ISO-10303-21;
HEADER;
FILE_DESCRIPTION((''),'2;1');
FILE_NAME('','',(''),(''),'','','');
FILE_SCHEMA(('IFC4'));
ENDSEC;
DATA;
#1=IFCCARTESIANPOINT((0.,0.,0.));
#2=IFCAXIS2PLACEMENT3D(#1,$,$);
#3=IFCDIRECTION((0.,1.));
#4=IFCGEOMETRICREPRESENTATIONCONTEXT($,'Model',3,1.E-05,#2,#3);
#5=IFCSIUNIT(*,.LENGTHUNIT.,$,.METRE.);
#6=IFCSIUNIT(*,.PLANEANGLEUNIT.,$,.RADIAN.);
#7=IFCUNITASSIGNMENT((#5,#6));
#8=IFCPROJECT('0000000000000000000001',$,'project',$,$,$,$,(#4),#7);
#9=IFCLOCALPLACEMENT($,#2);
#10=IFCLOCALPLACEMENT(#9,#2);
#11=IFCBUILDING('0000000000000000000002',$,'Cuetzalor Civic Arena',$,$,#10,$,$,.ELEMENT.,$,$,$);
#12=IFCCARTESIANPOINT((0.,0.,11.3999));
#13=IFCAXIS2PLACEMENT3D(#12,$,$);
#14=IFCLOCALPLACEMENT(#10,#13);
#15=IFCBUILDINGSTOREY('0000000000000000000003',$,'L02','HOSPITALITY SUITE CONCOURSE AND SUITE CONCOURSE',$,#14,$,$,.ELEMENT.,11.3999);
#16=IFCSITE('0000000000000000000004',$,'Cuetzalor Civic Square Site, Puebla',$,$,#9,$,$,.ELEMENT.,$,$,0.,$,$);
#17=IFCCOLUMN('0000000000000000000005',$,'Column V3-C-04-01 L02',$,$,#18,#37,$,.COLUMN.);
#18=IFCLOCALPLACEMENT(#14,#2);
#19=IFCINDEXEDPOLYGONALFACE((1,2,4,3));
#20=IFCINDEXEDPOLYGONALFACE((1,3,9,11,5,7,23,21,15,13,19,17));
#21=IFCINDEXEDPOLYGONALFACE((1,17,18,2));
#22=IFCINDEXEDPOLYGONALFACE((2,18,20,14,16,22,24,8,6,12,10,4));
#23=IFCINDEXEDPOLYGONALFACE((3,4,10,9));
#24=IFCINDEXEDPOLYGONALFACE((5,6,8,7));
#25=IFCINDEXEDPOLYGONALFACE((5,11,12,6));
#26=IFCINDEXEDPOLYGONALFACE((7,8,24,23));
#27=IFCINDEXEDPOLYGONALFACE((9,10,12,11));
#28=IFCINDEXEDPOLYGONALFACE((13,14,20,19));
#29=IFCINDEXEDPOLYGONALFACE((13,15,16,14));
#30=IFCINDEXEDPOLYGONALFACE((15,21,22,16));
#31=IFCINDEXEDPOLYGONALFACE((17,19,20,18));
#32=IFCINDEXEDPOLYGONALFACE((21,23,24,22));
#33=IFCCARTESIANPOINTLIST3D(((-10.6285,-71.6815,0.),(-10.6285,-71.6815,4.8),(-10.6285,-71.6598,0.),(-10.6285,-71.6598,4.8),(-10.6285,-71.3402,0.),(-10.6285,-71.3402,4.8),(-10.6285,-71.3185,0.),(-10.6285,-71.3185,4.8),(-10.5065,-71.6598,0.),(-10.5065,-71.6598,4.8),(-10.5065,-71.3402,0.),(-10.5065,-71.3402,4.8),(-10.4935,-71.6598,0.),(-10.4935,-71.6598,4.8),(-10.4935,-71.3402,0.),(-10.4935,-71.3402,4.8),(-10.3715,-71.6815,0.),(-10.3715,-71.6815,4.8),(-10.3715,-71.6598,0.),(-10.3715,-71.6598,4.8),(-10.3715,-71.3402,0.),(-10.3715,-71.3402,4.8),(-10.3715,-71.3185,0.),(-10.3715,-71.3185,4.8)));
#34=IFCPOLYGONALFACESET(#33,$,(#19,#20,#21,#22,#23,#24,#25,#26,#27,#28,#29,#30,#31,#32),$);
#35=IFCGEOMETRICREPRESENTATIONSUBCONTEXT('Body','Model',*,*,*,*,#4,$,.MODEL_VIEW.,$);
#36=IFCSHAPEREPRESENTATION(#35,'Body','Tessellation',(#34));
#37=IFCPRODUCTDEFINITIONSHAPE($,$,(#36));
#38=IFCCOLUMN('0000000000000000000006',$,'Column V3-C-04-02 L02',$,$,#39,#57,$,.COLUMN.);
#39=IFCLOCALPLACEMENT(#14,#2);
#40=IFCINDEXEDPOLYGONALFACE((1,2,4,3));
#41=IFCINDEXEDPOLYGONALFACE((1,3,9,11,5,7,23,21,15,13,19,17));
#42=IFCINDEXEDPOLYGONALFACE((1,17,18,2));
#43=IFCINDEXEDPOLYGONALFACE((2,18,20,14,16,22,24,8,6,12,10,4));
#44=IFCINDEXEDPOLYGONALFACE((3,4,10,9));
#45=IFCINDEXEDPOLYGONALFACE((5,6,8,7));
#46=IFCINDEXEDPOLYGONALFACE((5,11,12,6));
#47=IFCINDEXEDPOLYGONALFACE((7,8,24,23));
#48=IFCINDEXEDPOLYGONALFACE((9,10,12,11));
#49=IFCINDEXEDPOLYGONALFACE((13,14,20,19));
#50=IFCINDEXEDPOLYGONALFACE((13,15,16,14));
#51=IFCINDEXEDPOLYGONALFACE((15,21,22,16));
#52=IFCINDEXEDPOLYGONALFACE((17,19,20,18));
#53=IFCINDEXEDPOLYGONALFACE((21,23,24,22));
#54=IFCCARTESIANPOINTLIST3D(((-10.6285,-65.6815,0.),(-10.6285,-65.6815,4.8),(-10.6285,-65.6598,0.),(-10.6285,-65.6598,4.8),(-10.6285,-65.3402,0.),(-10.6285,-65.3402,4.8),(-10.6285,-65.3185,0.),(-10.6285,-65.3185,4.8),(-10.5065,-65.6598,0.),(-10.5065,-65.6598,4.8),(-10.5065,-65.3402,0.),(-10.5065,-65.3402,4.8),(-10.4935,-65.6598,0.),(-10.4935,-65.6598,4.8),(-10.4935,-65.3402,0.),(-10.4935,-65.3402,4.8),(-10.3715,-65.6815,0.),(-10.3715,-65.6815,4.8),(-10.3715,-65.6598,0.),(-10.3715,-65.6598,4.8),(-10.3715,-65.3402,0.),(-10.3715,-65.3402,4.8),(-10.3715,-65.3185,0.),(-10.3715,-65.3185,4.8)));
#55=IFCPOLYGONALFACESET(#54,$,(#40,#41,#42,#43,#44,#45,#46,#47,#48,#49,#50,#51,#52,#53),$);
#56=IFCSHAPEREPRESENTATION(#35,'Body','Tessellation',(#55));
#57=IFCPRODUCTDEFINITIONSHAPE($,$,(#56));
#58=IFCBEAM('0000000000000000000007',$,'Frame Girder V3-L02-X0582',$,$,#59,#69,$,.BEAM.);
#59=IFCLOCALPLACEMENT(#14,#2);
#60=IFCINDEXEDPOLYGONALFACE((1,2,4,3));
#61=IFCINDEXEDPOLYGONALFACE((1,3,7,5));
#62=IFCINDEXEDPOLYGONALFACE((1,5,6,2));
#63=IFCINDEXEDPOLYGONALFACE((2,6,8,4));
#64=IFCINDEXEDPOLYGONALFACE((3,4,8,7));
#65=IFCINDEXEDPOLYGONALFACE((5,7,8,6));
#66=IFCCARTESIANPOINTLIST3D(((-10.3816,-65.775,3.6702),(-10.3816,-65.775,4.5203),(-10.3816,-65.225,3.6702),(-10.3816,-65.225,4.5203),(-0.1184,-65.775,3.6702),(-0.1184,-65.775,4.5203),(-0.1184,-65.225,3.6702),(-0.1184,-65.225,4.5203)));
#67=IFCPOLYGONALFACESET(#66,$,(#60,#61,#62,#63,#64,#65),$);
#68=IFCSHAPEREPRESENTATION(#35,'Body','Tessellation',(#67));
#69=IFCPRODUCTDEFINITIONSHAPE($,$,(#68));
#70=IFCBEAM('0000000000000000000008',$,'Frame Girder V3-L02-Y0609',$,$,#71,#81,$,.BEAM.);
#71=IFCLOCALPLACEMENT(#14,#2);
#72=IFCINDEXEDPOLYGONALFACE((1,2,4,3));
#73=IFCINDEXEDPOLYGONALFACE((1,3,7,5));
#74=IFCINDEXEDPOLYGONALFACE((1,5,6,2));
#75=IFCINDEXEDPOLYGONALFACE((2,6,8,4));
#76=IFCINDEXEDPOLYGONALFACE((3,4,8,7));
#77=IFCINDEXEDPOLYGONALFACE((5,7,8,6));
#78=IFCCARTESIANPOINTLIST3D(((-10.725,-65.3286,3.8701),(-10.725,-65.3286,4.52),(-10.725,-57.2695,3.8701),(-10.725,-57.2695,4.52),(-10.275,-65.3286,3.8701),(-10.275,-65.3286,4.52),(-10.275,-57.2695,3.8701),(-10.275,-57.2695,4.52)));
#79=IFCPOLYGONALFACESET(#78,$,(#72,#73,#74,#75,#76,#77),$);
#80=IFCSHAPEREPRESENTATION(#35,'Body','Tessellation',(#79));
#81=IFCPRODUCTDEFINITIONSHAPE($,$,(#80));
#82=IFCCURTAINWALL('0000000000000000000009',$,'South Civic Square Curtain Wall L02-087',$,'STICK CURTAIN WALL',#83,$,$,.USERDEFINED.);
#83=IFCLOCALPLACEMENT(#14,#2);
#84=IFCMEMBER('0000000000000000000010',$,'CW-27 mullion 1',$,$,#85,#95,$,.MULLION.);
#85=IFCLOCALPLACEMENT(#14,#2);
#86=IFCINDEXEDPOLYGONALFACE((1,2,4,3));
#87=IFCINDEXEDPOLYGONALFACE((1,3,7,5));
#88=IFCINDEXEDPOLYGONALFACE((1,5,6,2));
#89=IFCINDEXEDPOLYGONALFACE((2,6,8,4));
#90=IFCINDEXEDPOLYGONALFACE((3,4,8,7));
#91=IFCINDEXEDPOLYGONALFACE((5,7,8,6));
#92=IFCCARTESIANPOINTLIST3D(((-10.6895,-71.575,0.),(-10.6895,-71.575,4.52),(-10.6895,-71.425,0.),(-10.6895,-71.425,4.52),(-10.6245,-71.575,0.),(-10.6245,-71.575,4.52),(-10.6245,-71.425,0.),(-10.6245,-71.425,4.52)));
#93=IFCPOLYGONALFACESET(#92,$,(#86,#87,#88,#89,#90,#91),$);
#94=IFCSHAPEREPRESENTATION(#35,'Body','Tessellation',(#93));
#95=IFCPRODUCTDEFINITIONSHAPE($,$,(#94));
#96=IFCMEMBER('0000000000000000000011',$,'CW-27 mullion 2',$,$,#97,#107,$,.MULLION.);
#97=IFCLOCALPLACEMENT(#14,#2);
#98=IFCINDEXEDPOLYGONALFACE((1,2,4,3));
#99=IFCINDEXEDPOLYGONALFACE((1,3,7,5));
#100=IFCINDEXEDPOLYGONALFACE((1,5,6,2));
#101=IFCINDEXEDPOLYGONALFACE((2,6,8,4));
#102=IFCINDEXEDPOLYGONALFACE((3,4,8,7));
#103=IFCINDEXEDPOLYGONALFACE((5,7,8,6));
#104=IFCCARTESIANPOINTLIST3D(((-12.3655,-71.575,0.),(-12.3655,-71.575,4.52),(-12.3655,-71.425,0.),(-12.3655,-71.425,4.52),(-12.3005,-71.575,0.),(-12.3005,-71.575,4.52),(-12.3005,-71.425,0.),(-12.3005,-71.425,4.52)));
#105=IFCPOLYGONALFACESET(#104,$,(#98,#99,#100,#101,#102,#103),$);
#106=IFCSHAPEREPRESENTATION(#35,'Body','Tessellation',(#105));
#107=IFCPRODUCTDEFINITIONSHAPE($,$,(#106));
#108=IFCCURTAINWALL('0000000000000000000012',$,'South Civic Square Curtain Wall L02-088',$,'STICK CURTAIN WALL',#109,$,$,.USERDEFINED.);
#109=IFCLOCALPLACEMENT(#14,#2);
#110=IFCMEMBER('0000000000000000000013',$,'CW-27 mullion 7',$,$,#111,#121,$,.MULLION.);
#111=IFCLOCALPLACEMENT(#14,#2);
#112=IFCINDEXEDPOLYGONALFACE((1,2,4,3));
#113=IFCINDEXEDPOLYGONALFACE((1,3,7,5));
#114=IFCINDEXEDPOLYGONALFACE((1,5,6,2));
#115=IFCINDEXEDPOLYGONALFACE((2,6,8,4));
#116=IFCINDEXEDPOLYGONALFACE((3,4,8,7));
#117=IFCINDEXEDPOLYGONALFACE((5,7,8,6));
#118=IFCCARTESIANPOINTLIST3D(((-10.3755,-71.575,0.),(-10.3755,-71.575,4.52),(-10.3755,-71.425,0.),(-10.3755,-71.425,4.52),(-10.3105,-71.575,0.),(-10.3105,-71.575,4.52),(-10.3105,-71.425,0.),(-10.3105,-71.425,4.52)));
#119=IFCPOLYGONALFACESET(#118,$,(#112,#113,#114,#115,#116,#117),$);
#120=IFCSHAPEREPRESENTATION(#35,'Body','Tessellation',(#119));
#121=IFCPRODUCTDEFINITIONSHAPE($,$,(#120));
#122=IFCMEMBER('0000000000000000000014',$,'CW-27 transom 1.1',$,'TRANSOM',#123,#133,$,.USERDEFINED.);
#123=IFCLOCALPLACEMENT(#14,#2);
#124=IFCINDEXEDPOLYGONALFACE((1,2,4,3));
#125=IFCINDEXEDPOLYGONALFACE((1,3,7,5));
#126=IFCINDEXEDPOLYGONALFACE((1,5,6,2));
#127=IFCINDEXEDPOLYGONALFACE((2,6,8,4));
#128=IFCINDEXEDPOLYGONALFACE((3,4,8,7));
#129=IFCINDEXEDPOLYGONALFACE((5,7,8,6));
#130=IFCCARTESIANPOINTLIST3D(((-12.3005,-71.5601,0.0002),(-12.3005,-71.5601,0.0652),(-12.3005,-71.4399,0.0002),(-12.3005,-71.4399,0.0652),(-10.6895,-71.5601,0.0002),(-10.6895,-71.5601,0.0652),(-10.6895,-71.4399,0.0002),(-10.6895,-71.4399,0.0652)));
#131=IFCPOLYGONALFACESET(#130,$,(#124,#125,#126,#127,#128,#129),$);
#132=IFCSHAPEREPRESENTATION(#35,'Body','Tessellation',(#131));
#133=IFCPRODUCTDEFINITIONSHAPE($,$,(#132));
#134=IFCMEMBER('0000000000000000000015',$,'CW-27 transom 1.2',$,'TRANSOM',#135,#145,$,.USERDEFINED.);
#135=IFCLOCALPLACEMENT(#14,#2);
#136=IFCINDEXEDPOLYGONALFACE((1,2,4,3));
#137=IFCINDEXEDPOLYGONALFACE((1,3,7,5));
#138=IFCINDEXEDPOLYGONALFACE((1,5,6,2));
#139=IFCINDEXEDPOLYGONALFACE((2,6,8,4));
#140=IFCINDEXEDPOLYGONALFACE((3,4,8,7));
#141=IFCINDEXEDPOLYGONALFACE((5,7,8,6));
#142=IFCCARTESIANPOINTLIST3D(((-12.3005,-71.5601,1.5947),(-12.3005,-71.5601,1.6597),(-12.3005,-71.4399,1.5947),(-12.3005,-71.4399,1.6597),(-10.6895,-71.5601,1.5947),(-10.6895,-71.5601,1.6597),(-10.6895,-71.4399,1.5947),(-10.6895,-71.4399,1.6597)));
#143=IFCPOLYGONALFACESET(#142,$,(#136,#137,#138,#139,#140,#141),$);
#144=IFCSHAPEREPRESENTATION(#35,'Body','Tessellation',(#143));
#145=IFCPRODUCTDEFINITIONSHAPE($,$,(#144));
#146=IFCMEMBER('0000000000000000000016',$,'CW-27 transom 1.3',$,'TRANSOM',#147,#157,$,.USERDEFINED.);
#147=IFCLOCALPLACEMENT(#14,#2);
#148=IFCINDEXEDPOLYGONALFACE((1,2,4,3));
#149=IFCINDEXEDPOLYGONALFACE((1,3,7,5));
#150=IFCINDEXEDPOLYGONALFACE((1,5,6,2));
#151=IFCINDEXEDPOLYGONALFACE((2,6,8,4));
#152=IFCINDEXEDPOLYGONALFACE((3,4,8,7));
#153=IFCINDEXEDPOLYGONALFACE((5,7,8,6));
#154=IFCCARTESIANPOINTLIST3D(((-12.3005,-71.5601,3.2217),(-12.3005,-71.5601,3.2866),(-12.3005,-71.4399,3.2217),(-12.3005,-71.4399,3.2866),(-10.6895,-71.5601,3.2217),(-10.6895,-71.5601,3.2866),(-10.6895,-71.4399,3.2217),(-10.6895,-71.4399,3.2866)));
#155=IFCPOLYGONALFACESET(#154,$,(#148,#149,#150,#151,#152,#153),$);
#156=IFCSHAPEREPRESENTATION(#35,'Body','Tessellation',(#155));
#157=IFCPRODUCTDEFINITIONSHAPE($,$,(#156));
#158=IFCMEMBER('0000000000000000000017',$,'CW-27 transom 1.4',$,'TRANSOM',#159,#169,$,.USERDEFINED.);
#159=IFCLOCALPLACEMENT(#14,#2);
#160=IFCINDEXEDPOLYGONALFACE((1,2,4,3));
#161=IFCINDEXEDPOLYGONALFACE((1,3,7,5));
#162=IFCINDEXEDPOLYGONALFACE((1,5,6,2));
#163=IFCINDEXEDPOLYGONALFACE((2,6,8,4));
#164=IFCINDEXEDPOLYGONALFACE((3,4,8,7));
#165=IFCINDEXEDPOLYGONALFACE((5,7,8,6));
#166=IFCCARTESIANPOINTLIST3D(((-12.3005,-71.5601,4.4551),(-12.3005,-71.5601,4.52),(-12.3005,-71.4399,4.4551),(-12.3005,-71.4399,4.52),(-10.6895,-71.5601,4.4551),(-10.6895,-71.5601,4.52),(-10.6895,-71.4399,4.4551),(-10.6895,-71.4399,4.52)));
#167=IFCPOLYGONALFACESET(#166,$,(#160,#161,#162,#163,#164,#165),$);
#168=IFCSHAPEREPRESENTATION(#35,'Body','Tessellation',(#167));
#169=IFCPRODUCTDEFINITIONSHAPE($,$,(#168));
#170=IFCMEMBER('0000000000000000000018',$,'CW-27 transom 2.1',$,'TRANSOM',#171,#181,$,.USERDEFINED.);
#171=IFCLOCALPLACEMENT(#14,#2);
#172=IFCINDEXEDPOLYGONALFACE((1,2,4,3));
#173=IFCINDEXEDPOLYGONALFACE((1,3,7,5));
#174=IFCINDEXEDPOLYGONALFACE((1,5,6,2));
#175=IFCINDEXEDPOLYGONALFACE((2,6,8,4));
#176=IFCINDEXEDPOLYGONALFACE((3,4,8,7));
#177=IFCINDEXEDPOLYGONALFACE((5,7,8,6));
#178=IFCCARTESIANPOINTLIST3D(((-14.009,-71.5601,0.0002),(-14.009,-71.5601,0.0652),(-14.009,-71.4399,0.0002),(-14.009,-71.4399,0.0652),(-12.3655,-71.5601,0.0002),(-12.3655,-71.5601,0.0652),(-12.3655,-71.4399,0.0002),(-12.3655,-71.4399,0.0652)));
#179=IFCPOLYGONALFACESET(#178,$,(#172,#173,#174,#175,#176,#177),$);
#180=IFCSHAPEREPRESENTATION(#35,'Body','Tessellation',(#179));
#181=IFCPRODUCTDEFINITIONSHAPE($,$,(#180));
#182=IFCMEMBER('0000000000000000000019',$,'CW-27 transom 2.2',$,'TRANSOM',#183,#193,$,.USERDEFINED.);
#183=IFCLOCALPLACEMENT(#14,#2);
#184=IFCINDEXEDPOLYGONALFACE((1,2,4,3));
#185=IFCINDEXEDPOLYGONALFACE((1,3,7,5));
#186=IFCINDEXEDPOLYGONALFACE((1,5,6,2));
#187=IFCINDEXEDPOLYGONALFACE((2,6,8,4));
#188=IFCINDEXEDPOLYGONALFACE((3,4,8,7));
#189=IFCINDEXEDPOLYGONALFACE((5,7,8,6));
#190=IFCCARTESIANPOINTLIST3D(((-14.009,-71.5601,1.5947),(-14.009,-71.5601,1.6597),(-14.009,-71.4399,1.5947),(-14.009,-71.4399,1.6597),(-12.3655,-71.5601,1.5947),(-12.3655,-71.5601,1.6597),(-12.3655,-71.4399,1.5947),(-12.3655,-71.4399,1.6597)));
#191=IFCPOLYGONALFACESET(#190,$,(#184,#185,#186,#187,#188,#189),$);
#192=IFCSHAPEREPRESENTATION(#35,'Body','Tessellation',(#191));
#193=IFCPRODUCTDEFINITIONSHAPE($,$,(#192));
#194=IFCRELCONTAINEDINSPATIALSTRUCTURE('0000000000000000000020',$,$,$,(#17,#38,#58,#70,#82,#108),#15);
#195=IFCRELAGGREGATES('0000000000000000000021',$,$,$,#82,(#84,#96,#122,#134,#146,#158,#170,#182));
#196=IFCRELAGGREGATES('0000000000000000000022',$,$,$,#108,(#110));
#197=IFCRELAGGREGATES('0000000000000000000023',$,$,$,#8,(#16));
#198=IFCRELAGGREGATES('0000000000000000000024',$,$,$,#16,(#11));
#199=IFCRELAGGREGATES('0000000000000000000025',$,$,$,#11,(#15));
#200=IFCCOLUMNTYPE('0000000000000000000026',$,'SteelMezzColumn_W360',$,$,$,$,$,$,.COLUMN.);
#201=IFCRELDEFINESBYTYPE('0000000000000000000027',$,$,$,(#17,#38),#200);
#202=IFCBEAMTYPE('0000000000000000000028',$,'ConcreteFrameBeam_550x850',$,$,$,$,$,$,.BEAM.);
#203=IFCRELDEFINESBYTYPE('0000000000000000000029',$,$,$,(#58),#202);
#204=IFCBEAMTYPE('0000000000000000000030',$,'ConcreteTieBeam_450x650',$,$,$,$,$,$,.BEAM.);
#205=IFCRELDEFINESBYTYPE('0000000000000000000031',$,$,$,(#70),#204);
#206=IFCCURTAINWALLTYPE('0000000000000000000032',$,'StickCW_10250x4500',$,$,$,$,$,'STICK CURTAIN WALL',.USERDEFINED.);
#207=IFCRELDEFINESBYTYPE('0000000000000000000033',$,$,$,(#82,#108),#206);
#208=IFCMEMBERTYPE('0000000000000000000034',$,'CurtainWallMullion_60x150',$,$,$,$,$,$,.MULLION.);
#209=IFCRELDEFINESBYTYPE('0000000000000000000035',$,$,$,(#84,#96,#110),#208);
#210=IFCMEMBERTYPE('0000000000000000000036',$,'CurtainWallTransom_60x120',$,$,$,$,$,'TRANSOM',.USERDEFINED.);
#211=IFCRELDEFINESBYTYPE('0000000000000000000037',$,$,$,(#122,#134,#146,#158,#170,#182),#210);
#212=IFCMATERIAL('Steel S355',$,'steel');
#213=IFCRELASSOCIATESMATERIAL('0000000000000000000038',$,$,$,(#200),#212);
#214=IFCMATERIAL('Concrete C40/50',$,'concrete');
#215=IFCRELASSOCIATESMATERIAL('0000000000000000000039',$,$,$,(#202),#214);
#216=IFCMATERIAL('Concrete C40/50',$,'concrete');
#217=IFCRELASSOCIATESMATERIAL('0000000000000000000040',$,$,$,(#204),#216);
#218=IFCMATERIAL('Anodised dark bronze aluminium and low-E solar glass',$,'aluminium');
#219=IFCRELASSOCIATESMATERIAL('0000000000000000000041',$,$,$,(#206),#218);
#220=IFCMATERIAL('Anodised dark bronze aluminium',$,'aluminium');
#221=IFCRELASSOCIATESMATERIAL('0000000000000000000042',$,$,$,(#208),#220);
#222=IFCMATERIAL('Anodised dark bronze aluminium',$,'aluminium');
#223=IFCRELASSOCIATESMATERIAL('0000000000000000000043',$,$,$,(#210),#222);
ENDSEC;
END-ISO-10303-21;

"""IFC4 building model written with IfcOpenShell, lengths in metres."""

from ifc_helpers import new_model, si_unit, direction, frame, origin, origin_2d, place, context, subcontext, project, spatial, rectangle, i_section, extrude, material, material_profile, profile_set, type_object, element, aggregate, save


model = new_model("IFC4")

# Units and contexts
model_context = context("Model", 3, precision=1e-05, world=origin(), true_north=direction((0.0, 1.0)))
body_context = subcontext(model_context, "Body", "Model", "MODEL_VIEW")
ifc_project = project(units=[si_unit("LENGTHUNIT", "METRE"), si_unit("PLANEANGLEUNIT", "RADIAN")], contexts=[model_context])

# Site, building, storey
site_placement = place(None, origin())
site = spatial("IfcSite", under=ifc_project, at=site_placement, Name="Cuetzalor Civic Square Site, Puebla", CompositionType="ELEMENT", RefElevation=0.0)
building_placement = place(site_placement, origin())
building = spatial("IfcBuilding", under=site, at=building_placement, Name="Cuetzalor Civic Arena", CompositionType="ELEMENT")
storey_placement = place(building_placement, frame((0.0, 0.0, 11.3999)))
storey = spatial("IfcBuildingStorey", under=building, at=storey_placement, Name="L02", Description="HOSPITALITY SUITE CONCOURSE AND SUITE CONCOURSE", CompositionType="ELEMENT", Elevation=11.3999)

# Columns
ifc_material_1 = material(Name="Steel S355", Category="steel")
ifc_material_profile_1 = material_profile(ifc_material_1, i_section(OverallWidth=0.2571, OverallDepth=0.363, WebThickness=0.0129, FlangeThickness=0.0217, at=origin_2d()), Name="W360x122")
ifc_profile_set_1 = profile_set([ifc_material_profile_1], Name="Steel S355")
column_type = type_object("IfcColumnType", Name="SteelMezzColumn_W360", PredefinedType="COLUMN", material=ifc_profile_set_1)
for number, where, z_axis, x_axis, name in (
    (1, (-10.5, -71.5, 0.0), (0.0, 0.0, 1.0), (1.0, 0.0, 0.0), "Column V3-C-04-01 L02"),
    (2, (-10.5, -65.5, 0.0), (0.0, 0.0, 1.0), (1.0, 0.0, 0.0), "Column V3-C-04-02 L02"),
):
    element("IfcColumn", number, at=place(storey_placement, frame(where, z_axis=z_axis, x_axis=x_axis)), inside=storey, type_object=column_type, Name=name, PredefinedType="COLUMN", context=body_context, shape_type="SweptSolid", body=[
        extrude(i_section(OverallWidth=0.2571, OverallDepth=0.363, WebThickness=0.0129, FlangeThickness=0.0217, at=origin_2d()), origin(), (0.0, 0.0, 1.0), 4.8),
    ])

# Beams
ifc_material_2 = material(Name="Concrete C40/50", Category="concrete")
ifc_material_profile_2 = material_profile(ifc_material_2, rectangle(XDim=0.55, YDim=0.8501, at=origin_2d()), Name="RC 550x850")
ifc_profile_set_2 = profile_set([ifc_material_profile_2], Name="Concrete C40/50")
beam_type_1 = type_object("IfcBeamType", Name="ConcreteFrameBeam_550x850", PredefinedType="BEAM", material=ifc_profile_set_2)
beam_1_placement = place(storey_placement, frame((-10.3816, -65.5, 4.0952), z_axis=(1.0, 0.0, 0.0), x_axis=(0.0, 1.0, 0.0)))
element("IfcBeam", 3, at=beam_1_placement, inside=storey, type_object=beam_type_1, Name="Frame Girder V3-L02-X0582", PredefinedType="BEAM", context=body_context, shape_type="SweptSolid", body=[
    extrude(rectangle(XDim=0.55, YDim=0.8501, at=origin_2d()), origin(), (0.0, 0.0, 1.0), 10.2632),
])
ifc_material_3 = material(Name="Concrete C40/50", Category="concrete")
ifc_material_profile_3 = material_profile(ifc_material_3, rectangle(XDim=0.45, YDim=0.6499, at=origin_2d()), Name="RC 450x650")
ifc_profile_set_3 = profile_set([ifc_material_profile_3], Name="Concrete C40/50")
beam_type_2 = type_object("IfcBeamType", Name="ConcreteTieBeam_450x650", PredefinedType="BEAM", material=ifc_profile_set_3)
beam_2_placement = place(storey_placement, frame((-10.5, -65.3286, 4.1951), z_axis=(0.0, 1.0, 0.0), x_axis=(-1.0, 0.0, 0.0)))
element("IfcBeam", 4, at=beam_2_placement, inside=storey, type_object=beam_type_2, Name="Frame Girder V3-L02-Y0609", PredefinedType="BEAM", context=body_context, shape_type="SweptSolid", body=[
    extrude(rectangle(XDim=0.45, YDim=0.6499, at=origin_2d()), origin(), (0.0, 0.0, 1.0), 8.0591),
])

# Curtain wall, members
ifc_material_4 = material(Name="Anodised dark bronze aluminium and low-E solar glass", Category="aluminium")
curtain_wall_type = type_object("IfcCurtainWallType", Name="StickCW_10250x4500", ElementType="STICK CURTAIN WALL", PredefinedType="USERDEFINED", material=ifc_material_4)
curtain_wall_1_placement = place(storey_placement, origin())
curtain_wall_1 = element("IfcCurtainWall", 5, at=curtain_wall_1_placement, inside=storey, type_object=curtain_wall_type, Name="South Civic Square Curtain Wall L02-087", ObjectType="STICK CURTAIN WALL", PredefinedType="USERDEFINED")
ifc_material_5 = material(Name="Anodised dark bronze aluminium", Category="aluminium")
ifc_material_profile_4 = material_profile(ifc_material_5, rectangle(XDim=0.0649, YDim=0.1499, at=origin_2d()), Name="ALU MULLION 65x150")
ifc_profile_set_4 = profile_set([ifc_material_profile_4], Name="Anodised dark bronze aluminium")
member_type_1 = type_object("IfcMemberType", Name="CurtainWallMullion_60x150", PredefinedType="MULLION", material=ifc_profile_set_4)
member_1_placement = place(storey_placement, frame((-10.657, -71.5, 0.0), z_axis=(0.0, 0.0, 1.0), x_axis=(-1.0, 0.0, 0.0)))
member_1 = element("IfcMember", 6, at=member_1_placement, type_object=member_type_1, Name="CW-27 mullion 1", PredefinedType="MULLION", context=body_context, shape_type="SweptSolid", body=[
    extrude(rectangle(XDim=0.0649, YDim=0.1499, at=origin_2d()), origin(), (0.0, 0.0, 1.0), 4.52),
])
member_2_placement = place(storey_placement, frame((-12.333, -71.5, 0.0), z_axis=(0.0, 0.0, 1.0), x_axis=(-1.0, 0.0, 0.0)))
member_2 = element("IfcMember", 7, at=member_2_placement, type_object=member_type_1, Name="CW-27 mullion 2", PredefinedType="MULLION", context=body_context, shape_type="SweptSolid", body=[
    extrude(rectangle(XDim=0.0649, YDim=0.1499, at=origin_2d()), origin(), (0.0, 0.0, 1.0), 4.52),
])

# Curtain wall, member
curtain_wall_2_placement = place(storey_placement, origin())
curtain_wall_2 = element("IfcCurtainWall", 8, at=curtain_wall_2_placement, inside=storey, type_object=curtain_wall_type, Name="South Civic Square Curtain Wall L02-088", ObjectType="STICK CURTAIN WALL", PredefinedType="USERDEFINED")
member_3_placement = place(storey_placement, frame((-10.343, -71.5, 0.0), z_axis=(0.0, 0.0, 1.0), x_axis=(-1.0, 0.0, 0.0)))
member_3 = element("IfcMember", 9, at=member_3_placement, type_object=member_type_1, Name="CW-27 mullion 7", PredefinedType="MULLION", context=body_context, shape_type="SweptSolid", body=[
    extrude(rectangle(XDim=0.0649, YDim=0.1499, at=origin_2d()), origin(), (0.0, 0.0, 1.0), 4.52),
])

# Members
ifc_material_6 = material(Name="Anodised dark bronze aluminium", Category="aluminium")
ifc_material_profile_5 = material_profile(ifc_material_6, rectangle(XDim=0.1201, YDim=0.0649, at=origin_2d()), Name="ALU TRANSOM 65x120")
ifc_profile_set_5 = profile_set([ifc_material_profile_5], Name="Anodised dark bronze aluminium")
member_type_2 = type_object("IfcMemberType", Name="CurtainWallTransom_60x120", ElementType="TRANSOM", PredefinedType="USERDEFINED", material=ifc_profile_set_5)
member_4_placement = place(storey_placement, frame((-10.6895, -71.5, 0.0327), z_axis=(-1.0, 0.0, 0.0), x_axis=(0.0, -1.0, 0.0)))
member_4 = element("IfcMember", 10, at=member_4_placement, type_object=member_type_2, Name="CW-27 transom 1.1", ObjectType="TRANSOM", PredefinedType="USERDEFINED", context=body_context, shape_type="SweptSolid", body=[
    extrude(rectangle(XDim=0.1201, YDim=0.0649, at=origin_2d()), origin(), (0.0, 0.0, 1.0), 1.6111),
])
member_5_placement = place(storey_placement, frame((-10.6895, -71.5, 1.6272), z_axis=(-1.0, 0.0, 0.0), x_axis=(0.0, -1.0, 0.0)))
member_5 = element("IfcMember", 11, at=member_5_placement, type_object=member_type_2, Name="CW-27 transom 1.2", ObjectType="TRANSOM", PredefinedType="USERDEFINED", context=body_context, shape_type="SweptSolid", body=[
    extrude(rectangle(XDim=0.1201, YDim=0.0649, at=origin_2d()), origin(), (0.0, 0.0, 1.0), 1.6111),
])
member_6_placement = place(storey_placement, frame((-10.6895, -71.5, 3.2542), z_axis=(-1.0, 0.0, 0.0), x_axis=(0.0, -1.0, 0.0)))
member_6 = element("IfcMember", 12, at=member_6_placement, type_object=member_type_2, Name="CW-27 transom 1.3", ObjectType="TRANSOM", PredefinedType="USERDEFINED", context=body_context, shape_type="SweptSolid", body=[
    extrude(rectangle(XDim=0.1201, YDim=0.0649, at=origin_2d()), origin(), (0.0, 0.0, 1.0), 1.6111),
])
member_7_placement = place(storey_placement, frame((-10.6895, -71.5, 4.4875), z_axis=(-1.0, 0.0, 0.0), x_axis=(0.0, -1.0, 0.0)))
member_7 = element("IfcMember", 13, at=member_7_placement, type_object=member_type_2, Name="CW-27 transom 1.4", ObjectType="TRANSOM", PredefinedType="USERDEFINED", context=body_context, shape_type="SweptSolid", body=[
    extrude(rectangle(XDim=0.1201, YDim=0.0649, at=origin_2d()), origin(), (0.0, 0.0, 1.0), 1.6111),
])
member_8_placement = place(storey_placement, frame((-12.3655, -71.5, 0.0327), z_axis=(-1.0, 0.0, 0.0), x_axis=(0.0, -1.0, 0.0)))
member_8 = element("IfcMember", 14, at=member_8_placement, type_object=member_type_2, Name="CW-27 transom 2.1", ObjectType="TRANSOM", PredefinedType="USERDEFINED", context=body_context, shape_type="SweptSolid", body=[
    extrude(rectangle(XDim=0.1201, YDim=0.0649, at=origin_2d()), origin(), (0.0, 0.0, 1.0), 1.6436),
])
member_9_placement = place(storey_placement, frame((-12.3655, -71.5, 1.6272), z_axis=(-1.0, 0.0, 0.0), x_axis=(0.0, -1.0, 0.0)))
member_9 = element("IfcMember", 15, at=member_9_placement, type_object=member_type_2, Name="CW-27 transom 2.2", ObjectType="TRANSOM", PredefinedType="USERDEFINED", context=body_context, shape_type="SweptSolid", body=[
    extrude(rectangle(XDim=0.1201, YDim=0.0649, at=origin_2d()), origin(), (0.0, 0.0, 1.0), 1.6436),
])

aggregate(curtain_wall_1, [member_1, member_2, member_4, member_5, member_6, member_7, member_8, member_9])
aggregate(curtain_wall_2, [member_3])

save(model, "model.ifc")
